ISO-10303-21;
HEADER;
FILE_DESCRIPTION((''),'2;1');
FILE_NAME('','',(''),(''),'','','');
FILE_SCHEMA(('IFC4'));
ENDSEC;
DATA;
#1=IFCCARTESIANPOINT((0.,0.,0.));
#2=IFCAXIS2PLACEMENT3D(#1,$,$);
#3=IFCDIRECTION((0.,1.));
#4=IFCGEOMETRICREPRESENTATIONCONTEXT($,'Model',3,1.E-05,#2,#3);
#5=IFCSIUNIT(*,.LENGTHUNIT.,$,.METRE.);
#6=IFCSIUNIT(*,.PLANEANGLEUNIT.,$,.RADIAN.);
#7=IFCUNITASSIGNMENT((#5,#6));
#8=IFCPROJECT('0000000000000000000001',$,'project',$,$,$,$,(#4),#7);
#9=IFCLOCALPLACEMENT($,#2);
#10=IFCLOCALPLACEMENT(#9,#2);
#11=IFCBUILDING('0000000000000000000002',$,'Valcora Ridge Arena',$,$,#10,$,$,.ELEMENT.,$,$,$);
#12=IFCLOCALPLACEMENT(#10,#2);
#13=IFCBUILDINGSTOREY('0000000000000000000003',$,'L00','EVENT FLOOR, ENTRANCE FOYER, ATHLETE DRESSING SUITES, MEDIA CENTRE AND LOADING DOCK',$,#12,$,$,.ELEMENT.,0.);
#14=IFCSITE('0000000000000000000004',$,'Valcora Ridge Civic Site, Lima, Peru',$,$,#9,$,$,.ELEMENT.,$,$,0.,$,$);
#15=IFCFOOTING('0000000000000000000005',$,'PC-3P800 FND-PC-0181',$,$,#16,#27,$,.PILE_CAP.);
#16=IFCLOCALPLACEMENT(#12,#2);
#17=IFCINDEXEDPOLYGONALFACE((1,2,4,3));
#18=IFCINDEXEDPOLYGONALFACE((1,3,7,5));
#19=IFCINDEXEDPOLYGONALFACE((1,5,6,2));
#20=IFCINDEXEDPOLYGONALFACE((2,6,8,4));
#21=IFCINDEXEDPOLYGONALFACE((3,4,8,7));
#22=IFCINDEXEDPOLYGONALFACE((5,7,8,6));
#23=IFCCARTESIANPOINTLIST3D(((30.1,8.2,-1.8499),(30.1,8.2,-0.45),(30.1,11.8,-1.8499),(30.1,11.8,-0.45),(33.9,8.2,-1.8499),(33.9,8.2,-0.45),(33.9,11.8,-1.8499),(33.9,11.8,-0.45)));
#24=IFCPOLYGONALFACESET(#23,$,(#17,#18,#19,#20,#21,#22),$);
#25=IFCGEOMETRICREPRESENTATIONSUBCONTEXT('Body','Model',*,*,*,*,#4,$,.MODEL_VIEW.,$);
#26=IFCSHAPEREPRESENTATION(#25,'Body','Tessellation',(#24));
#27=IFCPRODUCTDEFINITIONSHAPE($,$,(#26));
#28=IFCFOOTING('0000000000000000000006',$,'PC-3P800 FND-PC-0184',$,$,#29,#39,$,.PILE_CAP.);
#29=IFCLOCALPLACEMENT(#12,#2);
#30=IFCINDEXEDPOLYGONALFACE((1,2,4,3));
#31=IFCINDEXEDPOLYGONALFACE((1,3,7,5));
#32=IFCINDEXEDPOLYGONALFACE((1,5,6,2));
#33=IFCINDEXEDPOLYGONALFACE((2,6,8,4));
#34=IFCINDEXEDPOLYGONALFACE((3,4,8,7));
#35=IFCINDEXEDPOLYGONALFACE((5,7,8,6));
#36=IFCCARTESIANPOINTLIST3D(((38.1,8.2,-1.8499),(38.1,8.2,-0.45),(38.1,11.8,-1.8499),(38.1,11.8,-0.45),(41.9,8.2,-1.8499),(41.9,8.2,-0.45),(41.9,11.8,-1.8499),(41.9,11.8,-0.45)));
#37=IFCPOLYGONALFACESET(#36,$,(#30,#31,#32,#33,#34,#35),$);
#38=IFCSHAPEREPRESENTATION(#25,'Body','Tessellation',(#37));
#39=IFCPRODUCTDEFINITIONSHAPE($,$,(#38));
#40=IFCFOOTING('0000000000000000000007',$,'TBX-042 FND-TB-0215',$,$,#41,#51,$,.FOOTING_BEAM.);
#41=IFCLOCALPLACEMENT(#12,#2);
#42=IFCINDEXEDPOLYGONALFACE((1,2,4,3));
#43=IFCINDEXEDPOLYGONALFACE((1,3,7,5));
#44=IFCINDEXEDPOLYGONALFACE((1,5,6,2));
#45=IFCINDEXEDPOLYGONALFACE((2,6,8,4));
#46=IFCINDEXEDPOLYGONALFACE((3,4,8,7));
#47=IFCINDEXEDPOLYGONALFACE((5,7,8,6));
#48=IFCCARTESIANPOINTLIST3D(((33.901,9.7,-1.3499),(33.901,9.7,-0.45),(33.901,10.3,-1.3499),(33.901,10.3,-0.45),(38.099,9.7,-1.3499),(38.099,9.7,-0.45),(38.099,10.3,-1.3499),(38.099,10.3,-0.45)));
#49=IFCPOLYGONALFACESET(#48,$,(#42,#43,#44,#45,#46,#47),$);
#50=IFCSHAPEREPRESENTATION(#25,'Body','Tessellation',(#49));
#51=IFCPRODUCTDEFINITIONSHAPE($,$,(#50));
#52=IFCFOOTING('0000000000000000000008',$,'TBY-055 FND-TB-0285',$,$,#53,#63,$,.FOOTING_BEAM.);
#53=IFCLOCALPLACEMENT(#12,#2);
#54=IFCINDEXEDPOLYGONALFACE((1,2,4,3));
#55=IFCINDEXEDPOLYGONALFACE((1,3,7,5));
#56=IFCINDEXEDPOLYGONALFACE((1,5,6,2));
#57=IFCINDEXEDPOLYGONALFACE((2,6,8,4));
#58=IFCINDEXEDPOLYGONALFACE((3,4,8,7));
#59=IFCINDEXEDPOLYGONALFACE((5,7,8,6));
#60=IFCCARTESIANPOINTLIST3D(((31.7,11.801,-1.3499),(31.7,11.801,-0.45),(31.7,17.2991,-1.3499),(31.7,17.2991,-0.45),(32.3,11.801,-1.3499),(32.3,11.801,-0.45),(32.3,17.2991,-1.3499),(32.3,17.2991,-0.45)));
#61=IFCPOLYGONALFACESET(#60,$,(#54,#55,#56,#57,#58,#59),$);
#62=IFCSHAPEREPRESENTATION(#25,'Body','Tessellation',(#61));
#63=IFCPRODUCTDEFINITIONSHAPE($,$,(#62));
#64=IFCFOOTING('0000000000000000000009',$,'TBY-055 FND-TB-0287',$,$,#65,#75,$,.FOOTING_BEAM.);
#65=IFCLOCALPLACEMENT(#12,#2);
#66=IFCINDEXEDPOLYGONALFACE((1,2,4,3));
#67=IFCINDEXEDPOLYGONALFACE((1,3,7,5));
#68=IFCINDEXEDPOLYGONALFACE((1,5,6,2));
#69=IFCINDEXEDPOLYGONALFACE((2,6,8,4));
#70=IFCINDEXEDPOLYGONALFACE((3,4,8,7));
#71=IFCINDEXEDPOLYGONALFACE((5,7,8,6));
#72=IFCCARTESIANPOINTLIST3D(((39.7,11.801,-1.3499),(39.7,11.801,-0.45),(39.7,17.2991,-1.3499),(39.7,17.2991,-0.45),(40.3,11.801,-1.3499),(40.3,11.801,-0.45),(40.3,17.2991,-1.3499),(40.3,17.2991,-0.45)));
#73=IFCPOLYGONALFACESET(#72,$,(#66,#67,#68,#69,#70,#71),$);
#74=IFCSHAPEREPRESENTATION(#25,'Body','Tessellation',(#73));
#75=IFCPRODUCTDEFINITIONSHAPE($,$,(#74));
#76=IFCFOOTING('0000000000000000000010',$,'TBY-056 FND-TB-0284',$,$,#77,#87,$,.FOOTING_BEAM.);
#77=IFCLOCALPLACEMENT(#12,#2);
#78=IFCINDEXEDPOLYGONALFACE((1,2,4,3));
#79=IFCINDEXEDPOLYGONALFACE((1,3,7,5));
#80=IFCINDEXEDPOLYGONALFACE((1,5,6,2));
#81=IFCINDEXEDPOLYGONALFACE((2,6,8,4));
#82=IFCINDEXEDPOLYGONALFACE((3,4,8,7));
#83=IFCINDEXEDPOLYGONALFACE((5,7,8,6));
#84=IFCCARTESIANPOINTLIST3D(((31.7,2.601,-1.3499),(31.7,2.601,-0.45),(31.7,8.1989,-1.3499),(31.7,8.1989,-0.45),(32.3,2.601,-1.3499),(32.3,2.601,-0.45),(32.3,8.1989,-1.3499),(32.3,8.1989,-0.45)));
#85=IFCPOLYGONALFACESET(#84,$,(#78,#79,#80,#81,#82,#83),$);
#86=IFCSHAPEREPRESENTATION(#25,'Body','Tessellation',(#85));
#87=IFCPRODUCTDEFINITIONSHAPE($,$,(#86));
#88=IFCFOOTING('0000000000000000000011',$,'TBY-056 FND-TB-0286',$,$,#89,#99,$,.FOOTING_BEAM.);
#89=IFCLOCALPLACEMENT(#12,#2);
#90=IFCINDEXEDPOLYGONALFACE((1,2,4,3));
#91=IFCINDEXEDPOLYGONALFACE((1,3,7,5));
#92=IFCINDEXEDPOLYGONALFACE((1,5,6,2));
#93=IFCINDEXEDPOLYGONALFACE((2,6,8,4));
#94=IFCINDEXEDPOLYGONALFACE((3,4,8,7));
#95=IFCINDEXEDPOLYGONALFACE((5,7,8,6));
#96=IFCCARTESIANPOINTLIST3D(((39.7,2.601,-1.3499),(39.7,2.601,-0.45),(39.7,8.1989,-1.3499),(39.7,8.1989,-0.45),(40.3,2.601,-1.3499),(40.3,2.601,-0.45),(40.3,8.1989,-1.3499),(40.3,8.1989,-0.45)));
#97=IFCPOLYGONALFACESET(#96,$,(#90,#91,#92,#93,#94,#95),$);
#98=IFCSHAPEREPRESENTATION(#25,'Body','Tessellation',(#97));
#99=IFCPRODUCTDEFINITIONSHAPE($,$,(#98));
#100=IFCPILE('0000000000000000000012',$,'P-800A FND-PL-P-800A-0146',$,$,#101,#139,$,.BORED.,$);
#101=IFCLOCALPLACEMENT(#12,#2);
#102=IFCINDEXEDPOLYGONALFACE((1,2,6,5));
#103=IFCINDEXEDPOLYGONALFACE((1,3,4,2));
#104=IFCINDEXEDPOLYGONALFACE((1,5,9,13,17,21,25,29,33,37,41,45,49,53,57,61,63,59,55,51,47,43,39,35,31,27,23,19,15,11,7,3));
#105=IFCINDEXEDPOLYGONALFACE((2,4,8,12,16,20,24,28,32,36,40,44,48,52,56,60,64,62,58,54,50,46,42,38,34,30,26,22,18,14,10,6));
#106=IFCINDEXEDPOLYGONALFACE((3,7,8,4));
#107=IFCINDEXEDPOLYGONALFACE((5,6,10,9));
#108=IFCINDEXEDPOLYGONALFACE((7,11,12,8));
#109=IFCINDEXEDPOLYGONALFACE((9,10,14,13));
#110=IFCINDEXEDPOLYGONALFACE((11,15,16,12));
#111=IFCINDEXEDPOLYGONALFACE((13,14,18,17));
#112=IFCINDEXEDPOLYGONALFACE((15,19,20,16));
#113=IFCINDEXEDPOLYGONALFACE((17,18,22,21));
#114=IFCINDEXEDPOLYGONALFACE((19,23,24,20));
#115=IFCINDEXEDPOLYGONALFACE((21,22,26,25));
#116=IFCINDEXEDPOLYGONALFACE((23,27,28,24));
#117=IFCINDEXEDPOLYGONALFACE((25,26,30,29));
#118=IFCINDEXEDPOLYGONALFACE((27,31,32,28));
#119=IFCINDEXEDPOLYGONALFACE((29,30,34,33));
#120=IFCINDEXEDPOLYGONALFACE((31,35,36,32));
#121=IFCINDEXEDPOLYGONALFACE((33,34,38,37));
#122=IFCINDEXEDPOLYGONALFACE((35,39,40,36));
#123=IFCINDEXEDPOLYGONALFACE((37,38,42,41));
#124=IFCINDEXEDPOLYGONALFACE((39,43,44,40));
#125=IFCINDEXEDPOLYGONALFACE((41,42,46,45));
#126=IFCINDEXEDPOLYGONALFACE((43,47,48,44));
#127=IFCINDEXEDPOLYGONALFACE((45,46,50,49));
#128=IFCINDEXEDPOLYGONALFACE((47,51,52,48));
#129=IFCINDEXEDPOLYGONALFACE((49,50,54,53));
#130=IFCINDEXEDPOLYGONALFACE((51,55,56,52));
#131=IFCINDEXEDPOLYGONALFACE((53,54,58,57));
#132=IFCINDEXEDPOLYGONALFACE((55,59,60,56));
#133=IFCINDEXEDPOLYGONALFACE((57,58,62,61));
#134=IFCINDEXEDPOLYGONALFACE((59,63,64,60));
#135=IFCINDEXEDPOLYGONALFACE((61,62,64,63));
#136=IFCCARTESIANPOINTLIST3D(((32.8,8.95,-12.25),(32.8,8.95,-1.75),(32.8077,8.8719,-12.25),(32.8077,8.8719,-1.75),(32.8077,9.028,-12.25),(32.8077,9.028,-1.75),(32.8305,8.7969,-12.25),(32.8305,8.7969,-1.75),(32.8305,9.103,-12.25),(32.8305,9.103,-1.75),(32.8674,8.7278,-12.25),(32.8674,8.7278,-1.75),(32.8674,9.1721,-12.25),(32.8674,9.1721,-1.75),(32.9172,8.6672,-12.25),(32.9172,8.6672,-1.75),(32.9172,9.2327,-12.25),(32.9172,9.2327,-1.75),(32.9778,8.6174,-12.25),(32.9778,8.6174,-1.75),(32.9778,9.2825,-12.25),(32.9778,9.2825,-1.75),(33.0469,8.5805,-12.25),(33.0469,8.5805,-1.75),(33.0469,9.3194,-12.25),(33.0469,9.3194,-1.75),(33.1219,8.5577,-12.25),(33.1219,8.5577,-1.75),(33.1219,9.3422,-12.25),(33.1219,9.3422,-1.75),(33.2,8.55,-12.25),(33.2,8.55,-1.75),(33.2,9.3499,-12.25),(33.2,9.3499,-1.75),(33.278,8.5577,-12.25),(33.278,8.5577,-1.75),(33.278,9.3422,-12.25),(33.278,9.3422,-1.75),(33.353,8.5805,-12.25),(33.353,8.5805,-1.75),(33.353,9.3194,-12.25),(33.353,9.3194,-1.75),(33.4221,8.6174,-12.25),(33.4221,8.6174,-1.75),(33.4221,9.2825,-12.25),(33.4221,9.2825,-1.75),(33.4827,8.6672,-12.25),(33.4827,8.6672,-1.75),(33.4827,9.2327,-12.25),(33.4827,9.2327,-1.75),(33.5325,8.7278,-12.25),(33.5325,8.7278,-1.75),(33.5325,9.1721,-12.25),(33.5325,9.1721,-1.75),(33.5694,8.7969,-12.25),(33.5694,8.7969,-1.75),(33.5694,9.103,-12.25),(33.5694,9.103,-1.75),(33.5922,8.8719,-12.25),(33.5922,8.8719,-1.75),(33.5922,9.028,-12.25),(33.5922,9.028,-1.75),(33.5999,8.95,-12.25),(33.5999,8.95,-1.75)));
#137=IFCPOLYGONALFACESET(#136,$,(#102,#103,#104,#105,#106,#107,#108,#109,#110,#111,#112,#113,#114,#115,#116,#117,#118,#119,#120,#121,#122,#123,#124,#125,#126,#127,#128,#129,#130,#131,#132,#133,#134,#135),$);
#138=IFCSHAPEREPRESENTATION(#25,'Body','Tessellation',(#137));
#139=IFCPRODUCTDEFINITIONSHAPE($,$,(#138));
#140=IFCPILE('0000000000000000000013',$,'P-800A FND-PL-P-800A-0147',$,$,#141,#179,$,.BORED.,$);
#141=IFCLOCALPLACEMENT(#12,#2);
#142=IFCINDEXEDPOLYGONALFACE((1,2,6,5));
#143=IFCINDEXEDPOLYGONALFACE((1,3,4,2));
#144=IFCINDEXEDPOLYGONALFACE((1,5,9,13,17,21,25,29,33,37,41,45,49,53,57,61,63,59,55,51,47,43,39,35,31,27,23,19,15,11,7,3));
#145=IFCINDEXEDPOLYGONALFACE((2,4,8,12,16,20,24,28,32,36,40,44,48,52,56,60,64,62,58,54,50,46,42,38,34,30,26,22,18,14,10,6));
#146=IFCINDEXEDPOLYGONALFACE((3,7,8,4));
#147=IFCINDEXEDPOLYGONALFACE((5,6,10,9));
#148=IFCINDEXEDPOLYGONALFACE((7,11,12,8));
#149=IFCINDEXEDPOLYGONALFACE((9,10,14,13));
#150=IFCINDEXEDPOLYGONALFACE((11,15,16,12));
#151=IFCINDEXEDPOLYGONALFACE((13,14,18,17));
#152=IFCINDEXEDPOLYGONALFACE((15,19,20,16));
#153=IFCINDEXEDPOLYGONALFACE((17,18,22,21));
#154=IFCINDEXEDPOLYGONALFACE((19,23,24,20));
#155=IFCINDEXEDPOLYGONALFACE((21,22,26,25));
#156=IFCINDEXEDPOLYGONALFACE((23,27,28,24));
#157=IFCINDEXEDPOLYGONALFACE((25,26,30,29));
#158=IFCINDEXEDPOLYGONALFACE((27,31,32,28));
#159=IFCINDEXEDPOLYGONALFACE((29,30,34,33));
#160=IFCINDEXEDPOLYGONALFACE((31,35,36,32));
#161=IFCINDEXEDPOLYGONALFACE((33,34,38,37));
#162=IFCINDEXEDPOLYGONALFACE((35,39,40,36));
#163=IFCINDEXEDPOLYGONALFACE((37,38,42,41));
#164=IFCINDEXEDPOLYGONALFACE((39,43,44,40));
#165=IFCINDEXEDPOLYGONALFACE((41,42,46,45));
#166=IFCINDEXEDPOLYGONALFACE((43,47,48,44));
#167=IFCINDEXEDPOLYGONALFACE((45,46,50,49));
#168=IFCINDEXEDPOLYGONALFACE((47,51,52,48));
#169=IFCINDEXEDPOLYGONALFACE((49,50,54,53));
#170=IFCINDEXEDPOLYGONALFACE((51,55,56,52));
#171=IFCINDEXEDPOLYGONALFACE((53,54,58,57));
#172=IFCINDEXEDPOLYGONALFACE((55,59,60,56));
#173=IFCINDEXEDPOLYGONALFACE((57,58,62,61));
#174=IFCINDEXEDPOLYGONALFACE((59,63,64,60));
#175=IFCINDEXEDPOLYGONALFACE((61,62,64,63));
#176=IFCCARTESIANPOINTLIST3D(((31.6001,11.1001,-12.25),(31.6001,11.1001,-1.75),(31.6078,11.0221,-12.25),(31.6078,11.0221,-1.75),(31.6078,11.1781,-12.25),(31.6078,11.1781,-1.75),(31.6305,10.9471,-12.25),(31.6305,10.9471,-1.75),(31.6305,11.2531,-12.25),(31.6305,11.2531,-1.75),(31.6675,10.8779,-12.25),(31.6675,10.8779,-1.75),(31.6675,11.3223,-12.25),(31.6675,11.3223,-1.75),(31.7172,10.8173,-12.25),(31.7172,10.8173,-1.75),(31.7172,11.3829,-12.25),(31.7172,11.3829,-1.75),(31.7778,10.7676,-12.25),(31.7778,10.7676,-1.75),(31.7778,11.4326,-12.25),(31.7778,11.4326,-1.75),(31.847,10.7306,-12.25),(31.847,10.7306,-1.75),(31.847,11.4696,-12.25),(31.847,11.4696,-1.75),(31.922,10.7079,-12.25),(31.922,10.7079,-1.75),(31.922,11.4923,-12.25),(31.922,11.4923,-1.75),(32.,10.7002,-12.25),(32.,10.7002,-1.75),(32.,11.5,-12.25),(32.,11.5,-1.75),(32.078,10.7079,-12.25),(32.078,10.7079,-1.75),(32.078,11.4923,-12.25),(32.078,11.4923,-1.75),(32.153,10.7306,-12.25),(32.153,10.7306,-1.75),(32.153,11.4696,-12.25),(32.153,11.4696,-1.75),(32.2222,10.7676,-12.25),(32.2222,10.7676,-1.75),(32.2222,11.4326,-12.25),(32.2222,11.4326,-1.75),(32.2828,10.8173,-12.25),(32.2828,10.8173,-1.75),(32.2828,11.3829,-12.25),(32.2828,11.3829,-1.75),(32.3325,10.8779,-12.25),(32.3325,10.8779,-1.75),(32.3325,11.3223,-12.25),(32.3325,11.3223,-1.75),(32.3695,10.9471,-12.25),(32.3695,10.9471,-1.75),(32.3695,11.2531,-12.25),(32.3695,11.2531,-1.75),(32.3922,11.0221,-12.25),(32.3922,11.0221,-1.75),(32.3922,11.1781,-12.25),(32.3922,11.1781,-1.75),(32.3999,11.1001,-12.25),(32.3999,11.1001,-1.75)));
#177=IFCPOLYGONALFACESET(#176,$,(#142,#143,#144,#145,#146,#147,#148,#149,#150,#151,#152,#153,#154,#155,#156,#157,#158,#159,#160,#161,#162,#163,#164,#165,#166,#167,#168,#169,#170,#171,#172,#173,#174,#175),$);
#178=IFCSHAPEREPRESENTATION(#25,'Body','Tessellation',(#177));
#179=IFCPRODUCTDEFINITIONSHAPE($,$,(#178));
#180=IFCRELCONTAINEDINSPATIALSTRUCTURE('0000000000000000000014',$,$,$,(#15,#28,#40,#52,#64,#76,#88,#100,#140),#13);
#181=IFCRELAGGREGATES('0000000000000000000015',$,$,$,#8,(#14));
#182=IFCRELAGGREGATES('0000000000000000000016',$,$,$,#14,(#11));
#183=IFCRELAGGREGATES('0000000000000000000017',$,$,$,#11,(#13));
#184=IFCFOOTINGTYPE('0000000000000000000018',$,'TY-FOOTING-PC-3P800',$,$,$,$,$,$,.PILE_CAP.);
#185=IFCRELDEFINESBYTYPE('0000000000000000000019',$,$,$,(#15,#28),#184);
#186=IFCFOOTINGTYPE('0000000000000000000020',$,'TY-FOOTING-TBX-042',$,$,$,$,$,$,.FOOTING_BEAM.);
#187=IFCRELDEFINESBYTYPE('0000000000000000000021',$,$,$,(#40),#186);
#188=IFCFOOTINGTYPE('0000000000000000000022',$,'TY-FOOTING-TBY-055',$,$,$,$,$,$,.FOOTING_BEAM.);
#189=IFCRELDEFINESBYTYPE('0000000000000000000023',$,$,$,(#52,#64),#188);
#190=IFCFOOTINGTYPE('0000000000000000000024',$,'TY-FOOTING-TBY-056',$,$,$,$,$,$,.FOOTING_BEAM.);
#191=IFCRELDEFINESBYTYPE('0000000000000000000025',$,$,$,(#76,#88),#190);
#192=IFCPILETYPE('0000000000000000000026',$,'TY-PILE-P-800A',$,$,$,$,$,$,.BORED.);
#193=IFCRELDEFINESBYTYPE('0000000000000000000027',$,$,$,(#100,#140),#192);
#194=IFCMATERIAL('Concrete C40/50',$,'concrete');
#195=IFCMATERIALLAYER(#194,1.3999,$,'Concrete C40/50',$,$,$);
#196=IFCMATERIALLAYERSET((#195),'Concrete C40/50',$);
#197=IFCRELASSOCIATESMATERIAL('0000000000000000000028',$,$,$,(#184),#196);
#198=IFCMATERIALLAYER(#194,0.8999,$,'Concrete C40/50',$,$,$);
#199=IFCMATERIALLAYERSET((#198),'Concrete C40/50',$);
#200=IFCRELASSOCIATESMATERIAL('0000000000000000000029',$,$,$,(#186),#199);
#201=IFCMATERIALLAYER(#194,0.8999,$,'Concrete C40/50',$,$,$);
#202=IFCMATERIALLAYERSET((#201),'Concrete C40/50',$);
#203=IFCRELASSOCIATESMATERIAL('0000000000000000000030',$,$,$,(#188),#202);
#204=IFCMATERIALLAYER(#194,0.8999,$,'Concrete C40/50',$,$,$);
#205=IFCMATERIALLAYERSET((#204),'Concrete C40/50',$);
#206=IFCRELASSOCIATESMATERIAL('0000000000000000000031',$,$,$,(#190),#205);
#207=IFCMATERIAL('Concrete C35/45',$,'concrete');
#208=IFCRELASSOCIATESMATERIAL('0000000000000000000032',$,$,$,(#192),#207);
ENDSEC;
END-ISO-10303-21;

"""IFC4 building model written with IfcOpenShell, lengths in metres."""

from ifc_helpers import new_model, si_unit, direction, frame, origin, origin_2d, place, context, subcontext, project, spatial, rectangle, circle, extrude, material, layer, layer_set, material_profile, profile_set, type_object, element, save


model = new_model("IFC4")

# Units and contexts
model_context = context("Model", 3, precision=1e-05, world=origin(), true_north=direction((0.0, 1.0)))
body_context = subcontext(model_context, "Body", "Model", "MODEL_VIEW")
ifc_project = project(units=[si_unit("LENGTHUNIT", "METRE"), si_unit("PLANEANGLEUNIT", "RADIAN")], contexts=[model_context])

# Site, building, storey
site_placement = place(None, origin())
site = spatial("IfcSite", under=ifc_project, at=site_placement, Name="Valcora Ridge Civic Site, Lima, Peru", CompositionType="ELEMENT", RefElevation=0.0)
building_placement = place(site_placement, origin())
building = spatial("IfcBuilding", under=site, at=building_placement, Name="Valcora Ridge Arena", CompositionType="ELEMENT")
storey_placement = place(building_placement, origin())
storey = spatial("IfcBuildingStorey", under=building, at=storey_placement, Name="L00", Description="EVENT FLOOR, ENTRANCE FOYER, ATHLETE DRESSING SUITES, MEDIA CENTRE AND LOADING DOCK", CompositionType="ELEMENT", Elevation=0.0)

# Footings
ifc_material_1 = material(Name="Concrete C40/50", Category="concrete")
ifc_layer_1 = layer(ifc_material_1, 1.3999, Name="Concrete C40/50")
ifc_layer_set_1 = layer_set([ifc_layer_1], Name="Concrete C40/50")
footing_type_1 = type_object("IfcFootingType", Name="TY-FOOTING-PC-3P800", PredefinedType="PILE_CAP", material=ifc_layer_set_1)
for number, where, z_axis, x_axis, name in (
    (1, (32.0, 10.0, -1.8499), (0.0, 0.0, 1.0), (1.0, 0.0, 0.0), "PC-3P800 FND-PC-0181"),
    (2, (40.0, 10.0, -1.8499), (0.0, 0.0, 1.0), (1.0, 0.0, 0.0), "PC-3P800 FND-PC-0184"),
):
    element("IfcFooting", number, at=place(storey_placement, frame(where, z_axis=z_axis, x_axis=x_axis)), inside=storey, type_object=footing_type_1, Name=name, PredefinedType="PILE_CAP", context=body_context, shape_type="SweptSolid", body=[
        extrude(rectangle(XDim=3.8, YDim=3.6001, at=origin_2d()), origin(), (0.0, 0.0, 1.0), 1.3999),
    ])
ifc_layer_2 = layer(ifc_material_1, 0.8999, Name="Concrete C40/50")
ifc_layer_set_2 = layer_set([ifc_layer_2], Name="Concrete C40/50")
footing_type_2 = type_object("IfcFootingType", Name="TY-FOOTING-TBX-042", PredefinedType="FOOTING_BEAM", material=ifc_layer_set_2)
footing_placement = place(storey_placement, frame((36.0, 10.0, -1.3499), z_axis=(0.0, 0.0, 1.0), x_axis=(1.0, 0.0, 0.0)))
element("IfcFooting", 3, at=footing_placement, inside=storey, type_object=footing_type_2, Name="TBX-042 FND-TB-0215", PredefinedType="FOOTING_BEAM", context=body_context, shape_type="SweptSolid", body=[
    extrude(rectangle(XDim=4.198, YDim=0.6001, at=origin_2d()), origin(), (0.0, 0.0, 1.0), 0.8999),
])
ifc_layer_3 = layer(ifc_material_1, 0.8999, Name="Concrete C40/50")
ifc_layer_set_3 = layer_set([ifc_layer_3], Name="Concrete C40/50")
footing_type_3 = type_object("IfcFootingType", Name="TY-FOOTING-TBY-055", PredefinedType="FOOTING_BEAM", material=ifc_layer_set_3)
for number, where, z_axis, x_axis, name in (
    (4, (32.0, 14.55, -1.3499), (0.0, 0.0, 1.0), (1.0, 0.0, 0.0), "TBY-055 FND-TB-0285"),
    (5, (40.0, 14.55, -1.3499), (0.0, 0.0, 1.0), (1.0, 0.0, 0.0), "TBY-055 FND-TB-0287"),
):
    element("IfcFooting", number, at=place(storey_placement, frame(where, z_axis=z_axis, x_axis=x_axis)), inside=storey, type_object=footing_type_3, Name=name, PredefinedType="FOOTING_BEAM", context=body_context, shape_type="SweptSolid", body=[
        extrude(rectangle(XDim=0.6001, YDim=5.498, at=origin_2d()), origin(), (0.0, 0.0, 1.0), 0.8999),
    ])
ifc_layer_4 = layer(ifc_material_1, 0.8999, Name="Concrete C40/50")
ifc_layer_set_4 = layer_set([ifc_layer_4], Name="Concrete C40/50")
footing_type_4 = type_object("IfcFootingType", Name="TY-FOOTING-TBY-056", PredefinedType="FOOTING_BEAM", material=ifc_layer_set_4)
for number, where, z_axis, x_axis, name in (
    (6, (32.0, 5.3999, -1.3499), (0.0, 0.0, 1.0), (1.0, 0.0, 0.0), "TBY-056 FND-TB-0284"),
    (7, (40.0, 5.3999, -1.3499), (0.0, 0.0, 1.0), (1.0, 0.0, 0.0), "TBY-056 FND-TB-0286"),
):
    element("IfcFooting", number, at=place(storey_placement, frame(where, z_axis=z_axis, x_axis=x_axis)), inside=storey, type_object=footing_type_4, Name=name, PredefinedType="FOOTING_BEAM", context=body_context, shape_type="SweptSolid", body=[
        extrude(rectangle(XDim=0.6001, YDim=5.5979, at=origin_2d()), origin(), (0.0, 0.0, 1.0), 0.8999),
    ])

# Piles
ifc_material_2 = material(Name="Concrete C35/45", Category="concrete")
ifc_material_profile_1 = material_profile(ifc_material_2, circle(Radius=0.3999, at=origin_2d()), Name="BORED PILE D800")
ifc_profile_set_1 = profile_set([ifc_material_profile_1], Name="Concrete C35/45")
pile_type = type_object("IfcPileType", Name="TY-PILE-P-800A", PredefinedType="BORED", material=ifc_profile_set_1)
for number, where, z_axis, x_axis, name in (
    (8, (33.2, 8.95, -1.75), (0.0, 0.0, -1.0), (1.0, 0.0, 0.0), "P-800A FND-PL-P-800A-0146"),
    (9, (32.0, 11.1001, -1.75), (0.0, 0.0, -1.0), (1.0, 0.0, 0.0), "P-800A FND-PL-P-800A-0147"),
):
    element("IfcPile", number, at=place(storey_placement, frame(where, z_axis=z_axis, x_axis=x_axis)), inside=storey, type_object=pile_type, Name=name, PredefinedType="BORED", context=body_context, shape_type="SweptSolid", body=[
        extrude(circle(Radius=0.3999, at=origin_2d()), origin(), (0.0, 0.0, 1.0), 10.5),
    ])

save(model, "model.ifc")
